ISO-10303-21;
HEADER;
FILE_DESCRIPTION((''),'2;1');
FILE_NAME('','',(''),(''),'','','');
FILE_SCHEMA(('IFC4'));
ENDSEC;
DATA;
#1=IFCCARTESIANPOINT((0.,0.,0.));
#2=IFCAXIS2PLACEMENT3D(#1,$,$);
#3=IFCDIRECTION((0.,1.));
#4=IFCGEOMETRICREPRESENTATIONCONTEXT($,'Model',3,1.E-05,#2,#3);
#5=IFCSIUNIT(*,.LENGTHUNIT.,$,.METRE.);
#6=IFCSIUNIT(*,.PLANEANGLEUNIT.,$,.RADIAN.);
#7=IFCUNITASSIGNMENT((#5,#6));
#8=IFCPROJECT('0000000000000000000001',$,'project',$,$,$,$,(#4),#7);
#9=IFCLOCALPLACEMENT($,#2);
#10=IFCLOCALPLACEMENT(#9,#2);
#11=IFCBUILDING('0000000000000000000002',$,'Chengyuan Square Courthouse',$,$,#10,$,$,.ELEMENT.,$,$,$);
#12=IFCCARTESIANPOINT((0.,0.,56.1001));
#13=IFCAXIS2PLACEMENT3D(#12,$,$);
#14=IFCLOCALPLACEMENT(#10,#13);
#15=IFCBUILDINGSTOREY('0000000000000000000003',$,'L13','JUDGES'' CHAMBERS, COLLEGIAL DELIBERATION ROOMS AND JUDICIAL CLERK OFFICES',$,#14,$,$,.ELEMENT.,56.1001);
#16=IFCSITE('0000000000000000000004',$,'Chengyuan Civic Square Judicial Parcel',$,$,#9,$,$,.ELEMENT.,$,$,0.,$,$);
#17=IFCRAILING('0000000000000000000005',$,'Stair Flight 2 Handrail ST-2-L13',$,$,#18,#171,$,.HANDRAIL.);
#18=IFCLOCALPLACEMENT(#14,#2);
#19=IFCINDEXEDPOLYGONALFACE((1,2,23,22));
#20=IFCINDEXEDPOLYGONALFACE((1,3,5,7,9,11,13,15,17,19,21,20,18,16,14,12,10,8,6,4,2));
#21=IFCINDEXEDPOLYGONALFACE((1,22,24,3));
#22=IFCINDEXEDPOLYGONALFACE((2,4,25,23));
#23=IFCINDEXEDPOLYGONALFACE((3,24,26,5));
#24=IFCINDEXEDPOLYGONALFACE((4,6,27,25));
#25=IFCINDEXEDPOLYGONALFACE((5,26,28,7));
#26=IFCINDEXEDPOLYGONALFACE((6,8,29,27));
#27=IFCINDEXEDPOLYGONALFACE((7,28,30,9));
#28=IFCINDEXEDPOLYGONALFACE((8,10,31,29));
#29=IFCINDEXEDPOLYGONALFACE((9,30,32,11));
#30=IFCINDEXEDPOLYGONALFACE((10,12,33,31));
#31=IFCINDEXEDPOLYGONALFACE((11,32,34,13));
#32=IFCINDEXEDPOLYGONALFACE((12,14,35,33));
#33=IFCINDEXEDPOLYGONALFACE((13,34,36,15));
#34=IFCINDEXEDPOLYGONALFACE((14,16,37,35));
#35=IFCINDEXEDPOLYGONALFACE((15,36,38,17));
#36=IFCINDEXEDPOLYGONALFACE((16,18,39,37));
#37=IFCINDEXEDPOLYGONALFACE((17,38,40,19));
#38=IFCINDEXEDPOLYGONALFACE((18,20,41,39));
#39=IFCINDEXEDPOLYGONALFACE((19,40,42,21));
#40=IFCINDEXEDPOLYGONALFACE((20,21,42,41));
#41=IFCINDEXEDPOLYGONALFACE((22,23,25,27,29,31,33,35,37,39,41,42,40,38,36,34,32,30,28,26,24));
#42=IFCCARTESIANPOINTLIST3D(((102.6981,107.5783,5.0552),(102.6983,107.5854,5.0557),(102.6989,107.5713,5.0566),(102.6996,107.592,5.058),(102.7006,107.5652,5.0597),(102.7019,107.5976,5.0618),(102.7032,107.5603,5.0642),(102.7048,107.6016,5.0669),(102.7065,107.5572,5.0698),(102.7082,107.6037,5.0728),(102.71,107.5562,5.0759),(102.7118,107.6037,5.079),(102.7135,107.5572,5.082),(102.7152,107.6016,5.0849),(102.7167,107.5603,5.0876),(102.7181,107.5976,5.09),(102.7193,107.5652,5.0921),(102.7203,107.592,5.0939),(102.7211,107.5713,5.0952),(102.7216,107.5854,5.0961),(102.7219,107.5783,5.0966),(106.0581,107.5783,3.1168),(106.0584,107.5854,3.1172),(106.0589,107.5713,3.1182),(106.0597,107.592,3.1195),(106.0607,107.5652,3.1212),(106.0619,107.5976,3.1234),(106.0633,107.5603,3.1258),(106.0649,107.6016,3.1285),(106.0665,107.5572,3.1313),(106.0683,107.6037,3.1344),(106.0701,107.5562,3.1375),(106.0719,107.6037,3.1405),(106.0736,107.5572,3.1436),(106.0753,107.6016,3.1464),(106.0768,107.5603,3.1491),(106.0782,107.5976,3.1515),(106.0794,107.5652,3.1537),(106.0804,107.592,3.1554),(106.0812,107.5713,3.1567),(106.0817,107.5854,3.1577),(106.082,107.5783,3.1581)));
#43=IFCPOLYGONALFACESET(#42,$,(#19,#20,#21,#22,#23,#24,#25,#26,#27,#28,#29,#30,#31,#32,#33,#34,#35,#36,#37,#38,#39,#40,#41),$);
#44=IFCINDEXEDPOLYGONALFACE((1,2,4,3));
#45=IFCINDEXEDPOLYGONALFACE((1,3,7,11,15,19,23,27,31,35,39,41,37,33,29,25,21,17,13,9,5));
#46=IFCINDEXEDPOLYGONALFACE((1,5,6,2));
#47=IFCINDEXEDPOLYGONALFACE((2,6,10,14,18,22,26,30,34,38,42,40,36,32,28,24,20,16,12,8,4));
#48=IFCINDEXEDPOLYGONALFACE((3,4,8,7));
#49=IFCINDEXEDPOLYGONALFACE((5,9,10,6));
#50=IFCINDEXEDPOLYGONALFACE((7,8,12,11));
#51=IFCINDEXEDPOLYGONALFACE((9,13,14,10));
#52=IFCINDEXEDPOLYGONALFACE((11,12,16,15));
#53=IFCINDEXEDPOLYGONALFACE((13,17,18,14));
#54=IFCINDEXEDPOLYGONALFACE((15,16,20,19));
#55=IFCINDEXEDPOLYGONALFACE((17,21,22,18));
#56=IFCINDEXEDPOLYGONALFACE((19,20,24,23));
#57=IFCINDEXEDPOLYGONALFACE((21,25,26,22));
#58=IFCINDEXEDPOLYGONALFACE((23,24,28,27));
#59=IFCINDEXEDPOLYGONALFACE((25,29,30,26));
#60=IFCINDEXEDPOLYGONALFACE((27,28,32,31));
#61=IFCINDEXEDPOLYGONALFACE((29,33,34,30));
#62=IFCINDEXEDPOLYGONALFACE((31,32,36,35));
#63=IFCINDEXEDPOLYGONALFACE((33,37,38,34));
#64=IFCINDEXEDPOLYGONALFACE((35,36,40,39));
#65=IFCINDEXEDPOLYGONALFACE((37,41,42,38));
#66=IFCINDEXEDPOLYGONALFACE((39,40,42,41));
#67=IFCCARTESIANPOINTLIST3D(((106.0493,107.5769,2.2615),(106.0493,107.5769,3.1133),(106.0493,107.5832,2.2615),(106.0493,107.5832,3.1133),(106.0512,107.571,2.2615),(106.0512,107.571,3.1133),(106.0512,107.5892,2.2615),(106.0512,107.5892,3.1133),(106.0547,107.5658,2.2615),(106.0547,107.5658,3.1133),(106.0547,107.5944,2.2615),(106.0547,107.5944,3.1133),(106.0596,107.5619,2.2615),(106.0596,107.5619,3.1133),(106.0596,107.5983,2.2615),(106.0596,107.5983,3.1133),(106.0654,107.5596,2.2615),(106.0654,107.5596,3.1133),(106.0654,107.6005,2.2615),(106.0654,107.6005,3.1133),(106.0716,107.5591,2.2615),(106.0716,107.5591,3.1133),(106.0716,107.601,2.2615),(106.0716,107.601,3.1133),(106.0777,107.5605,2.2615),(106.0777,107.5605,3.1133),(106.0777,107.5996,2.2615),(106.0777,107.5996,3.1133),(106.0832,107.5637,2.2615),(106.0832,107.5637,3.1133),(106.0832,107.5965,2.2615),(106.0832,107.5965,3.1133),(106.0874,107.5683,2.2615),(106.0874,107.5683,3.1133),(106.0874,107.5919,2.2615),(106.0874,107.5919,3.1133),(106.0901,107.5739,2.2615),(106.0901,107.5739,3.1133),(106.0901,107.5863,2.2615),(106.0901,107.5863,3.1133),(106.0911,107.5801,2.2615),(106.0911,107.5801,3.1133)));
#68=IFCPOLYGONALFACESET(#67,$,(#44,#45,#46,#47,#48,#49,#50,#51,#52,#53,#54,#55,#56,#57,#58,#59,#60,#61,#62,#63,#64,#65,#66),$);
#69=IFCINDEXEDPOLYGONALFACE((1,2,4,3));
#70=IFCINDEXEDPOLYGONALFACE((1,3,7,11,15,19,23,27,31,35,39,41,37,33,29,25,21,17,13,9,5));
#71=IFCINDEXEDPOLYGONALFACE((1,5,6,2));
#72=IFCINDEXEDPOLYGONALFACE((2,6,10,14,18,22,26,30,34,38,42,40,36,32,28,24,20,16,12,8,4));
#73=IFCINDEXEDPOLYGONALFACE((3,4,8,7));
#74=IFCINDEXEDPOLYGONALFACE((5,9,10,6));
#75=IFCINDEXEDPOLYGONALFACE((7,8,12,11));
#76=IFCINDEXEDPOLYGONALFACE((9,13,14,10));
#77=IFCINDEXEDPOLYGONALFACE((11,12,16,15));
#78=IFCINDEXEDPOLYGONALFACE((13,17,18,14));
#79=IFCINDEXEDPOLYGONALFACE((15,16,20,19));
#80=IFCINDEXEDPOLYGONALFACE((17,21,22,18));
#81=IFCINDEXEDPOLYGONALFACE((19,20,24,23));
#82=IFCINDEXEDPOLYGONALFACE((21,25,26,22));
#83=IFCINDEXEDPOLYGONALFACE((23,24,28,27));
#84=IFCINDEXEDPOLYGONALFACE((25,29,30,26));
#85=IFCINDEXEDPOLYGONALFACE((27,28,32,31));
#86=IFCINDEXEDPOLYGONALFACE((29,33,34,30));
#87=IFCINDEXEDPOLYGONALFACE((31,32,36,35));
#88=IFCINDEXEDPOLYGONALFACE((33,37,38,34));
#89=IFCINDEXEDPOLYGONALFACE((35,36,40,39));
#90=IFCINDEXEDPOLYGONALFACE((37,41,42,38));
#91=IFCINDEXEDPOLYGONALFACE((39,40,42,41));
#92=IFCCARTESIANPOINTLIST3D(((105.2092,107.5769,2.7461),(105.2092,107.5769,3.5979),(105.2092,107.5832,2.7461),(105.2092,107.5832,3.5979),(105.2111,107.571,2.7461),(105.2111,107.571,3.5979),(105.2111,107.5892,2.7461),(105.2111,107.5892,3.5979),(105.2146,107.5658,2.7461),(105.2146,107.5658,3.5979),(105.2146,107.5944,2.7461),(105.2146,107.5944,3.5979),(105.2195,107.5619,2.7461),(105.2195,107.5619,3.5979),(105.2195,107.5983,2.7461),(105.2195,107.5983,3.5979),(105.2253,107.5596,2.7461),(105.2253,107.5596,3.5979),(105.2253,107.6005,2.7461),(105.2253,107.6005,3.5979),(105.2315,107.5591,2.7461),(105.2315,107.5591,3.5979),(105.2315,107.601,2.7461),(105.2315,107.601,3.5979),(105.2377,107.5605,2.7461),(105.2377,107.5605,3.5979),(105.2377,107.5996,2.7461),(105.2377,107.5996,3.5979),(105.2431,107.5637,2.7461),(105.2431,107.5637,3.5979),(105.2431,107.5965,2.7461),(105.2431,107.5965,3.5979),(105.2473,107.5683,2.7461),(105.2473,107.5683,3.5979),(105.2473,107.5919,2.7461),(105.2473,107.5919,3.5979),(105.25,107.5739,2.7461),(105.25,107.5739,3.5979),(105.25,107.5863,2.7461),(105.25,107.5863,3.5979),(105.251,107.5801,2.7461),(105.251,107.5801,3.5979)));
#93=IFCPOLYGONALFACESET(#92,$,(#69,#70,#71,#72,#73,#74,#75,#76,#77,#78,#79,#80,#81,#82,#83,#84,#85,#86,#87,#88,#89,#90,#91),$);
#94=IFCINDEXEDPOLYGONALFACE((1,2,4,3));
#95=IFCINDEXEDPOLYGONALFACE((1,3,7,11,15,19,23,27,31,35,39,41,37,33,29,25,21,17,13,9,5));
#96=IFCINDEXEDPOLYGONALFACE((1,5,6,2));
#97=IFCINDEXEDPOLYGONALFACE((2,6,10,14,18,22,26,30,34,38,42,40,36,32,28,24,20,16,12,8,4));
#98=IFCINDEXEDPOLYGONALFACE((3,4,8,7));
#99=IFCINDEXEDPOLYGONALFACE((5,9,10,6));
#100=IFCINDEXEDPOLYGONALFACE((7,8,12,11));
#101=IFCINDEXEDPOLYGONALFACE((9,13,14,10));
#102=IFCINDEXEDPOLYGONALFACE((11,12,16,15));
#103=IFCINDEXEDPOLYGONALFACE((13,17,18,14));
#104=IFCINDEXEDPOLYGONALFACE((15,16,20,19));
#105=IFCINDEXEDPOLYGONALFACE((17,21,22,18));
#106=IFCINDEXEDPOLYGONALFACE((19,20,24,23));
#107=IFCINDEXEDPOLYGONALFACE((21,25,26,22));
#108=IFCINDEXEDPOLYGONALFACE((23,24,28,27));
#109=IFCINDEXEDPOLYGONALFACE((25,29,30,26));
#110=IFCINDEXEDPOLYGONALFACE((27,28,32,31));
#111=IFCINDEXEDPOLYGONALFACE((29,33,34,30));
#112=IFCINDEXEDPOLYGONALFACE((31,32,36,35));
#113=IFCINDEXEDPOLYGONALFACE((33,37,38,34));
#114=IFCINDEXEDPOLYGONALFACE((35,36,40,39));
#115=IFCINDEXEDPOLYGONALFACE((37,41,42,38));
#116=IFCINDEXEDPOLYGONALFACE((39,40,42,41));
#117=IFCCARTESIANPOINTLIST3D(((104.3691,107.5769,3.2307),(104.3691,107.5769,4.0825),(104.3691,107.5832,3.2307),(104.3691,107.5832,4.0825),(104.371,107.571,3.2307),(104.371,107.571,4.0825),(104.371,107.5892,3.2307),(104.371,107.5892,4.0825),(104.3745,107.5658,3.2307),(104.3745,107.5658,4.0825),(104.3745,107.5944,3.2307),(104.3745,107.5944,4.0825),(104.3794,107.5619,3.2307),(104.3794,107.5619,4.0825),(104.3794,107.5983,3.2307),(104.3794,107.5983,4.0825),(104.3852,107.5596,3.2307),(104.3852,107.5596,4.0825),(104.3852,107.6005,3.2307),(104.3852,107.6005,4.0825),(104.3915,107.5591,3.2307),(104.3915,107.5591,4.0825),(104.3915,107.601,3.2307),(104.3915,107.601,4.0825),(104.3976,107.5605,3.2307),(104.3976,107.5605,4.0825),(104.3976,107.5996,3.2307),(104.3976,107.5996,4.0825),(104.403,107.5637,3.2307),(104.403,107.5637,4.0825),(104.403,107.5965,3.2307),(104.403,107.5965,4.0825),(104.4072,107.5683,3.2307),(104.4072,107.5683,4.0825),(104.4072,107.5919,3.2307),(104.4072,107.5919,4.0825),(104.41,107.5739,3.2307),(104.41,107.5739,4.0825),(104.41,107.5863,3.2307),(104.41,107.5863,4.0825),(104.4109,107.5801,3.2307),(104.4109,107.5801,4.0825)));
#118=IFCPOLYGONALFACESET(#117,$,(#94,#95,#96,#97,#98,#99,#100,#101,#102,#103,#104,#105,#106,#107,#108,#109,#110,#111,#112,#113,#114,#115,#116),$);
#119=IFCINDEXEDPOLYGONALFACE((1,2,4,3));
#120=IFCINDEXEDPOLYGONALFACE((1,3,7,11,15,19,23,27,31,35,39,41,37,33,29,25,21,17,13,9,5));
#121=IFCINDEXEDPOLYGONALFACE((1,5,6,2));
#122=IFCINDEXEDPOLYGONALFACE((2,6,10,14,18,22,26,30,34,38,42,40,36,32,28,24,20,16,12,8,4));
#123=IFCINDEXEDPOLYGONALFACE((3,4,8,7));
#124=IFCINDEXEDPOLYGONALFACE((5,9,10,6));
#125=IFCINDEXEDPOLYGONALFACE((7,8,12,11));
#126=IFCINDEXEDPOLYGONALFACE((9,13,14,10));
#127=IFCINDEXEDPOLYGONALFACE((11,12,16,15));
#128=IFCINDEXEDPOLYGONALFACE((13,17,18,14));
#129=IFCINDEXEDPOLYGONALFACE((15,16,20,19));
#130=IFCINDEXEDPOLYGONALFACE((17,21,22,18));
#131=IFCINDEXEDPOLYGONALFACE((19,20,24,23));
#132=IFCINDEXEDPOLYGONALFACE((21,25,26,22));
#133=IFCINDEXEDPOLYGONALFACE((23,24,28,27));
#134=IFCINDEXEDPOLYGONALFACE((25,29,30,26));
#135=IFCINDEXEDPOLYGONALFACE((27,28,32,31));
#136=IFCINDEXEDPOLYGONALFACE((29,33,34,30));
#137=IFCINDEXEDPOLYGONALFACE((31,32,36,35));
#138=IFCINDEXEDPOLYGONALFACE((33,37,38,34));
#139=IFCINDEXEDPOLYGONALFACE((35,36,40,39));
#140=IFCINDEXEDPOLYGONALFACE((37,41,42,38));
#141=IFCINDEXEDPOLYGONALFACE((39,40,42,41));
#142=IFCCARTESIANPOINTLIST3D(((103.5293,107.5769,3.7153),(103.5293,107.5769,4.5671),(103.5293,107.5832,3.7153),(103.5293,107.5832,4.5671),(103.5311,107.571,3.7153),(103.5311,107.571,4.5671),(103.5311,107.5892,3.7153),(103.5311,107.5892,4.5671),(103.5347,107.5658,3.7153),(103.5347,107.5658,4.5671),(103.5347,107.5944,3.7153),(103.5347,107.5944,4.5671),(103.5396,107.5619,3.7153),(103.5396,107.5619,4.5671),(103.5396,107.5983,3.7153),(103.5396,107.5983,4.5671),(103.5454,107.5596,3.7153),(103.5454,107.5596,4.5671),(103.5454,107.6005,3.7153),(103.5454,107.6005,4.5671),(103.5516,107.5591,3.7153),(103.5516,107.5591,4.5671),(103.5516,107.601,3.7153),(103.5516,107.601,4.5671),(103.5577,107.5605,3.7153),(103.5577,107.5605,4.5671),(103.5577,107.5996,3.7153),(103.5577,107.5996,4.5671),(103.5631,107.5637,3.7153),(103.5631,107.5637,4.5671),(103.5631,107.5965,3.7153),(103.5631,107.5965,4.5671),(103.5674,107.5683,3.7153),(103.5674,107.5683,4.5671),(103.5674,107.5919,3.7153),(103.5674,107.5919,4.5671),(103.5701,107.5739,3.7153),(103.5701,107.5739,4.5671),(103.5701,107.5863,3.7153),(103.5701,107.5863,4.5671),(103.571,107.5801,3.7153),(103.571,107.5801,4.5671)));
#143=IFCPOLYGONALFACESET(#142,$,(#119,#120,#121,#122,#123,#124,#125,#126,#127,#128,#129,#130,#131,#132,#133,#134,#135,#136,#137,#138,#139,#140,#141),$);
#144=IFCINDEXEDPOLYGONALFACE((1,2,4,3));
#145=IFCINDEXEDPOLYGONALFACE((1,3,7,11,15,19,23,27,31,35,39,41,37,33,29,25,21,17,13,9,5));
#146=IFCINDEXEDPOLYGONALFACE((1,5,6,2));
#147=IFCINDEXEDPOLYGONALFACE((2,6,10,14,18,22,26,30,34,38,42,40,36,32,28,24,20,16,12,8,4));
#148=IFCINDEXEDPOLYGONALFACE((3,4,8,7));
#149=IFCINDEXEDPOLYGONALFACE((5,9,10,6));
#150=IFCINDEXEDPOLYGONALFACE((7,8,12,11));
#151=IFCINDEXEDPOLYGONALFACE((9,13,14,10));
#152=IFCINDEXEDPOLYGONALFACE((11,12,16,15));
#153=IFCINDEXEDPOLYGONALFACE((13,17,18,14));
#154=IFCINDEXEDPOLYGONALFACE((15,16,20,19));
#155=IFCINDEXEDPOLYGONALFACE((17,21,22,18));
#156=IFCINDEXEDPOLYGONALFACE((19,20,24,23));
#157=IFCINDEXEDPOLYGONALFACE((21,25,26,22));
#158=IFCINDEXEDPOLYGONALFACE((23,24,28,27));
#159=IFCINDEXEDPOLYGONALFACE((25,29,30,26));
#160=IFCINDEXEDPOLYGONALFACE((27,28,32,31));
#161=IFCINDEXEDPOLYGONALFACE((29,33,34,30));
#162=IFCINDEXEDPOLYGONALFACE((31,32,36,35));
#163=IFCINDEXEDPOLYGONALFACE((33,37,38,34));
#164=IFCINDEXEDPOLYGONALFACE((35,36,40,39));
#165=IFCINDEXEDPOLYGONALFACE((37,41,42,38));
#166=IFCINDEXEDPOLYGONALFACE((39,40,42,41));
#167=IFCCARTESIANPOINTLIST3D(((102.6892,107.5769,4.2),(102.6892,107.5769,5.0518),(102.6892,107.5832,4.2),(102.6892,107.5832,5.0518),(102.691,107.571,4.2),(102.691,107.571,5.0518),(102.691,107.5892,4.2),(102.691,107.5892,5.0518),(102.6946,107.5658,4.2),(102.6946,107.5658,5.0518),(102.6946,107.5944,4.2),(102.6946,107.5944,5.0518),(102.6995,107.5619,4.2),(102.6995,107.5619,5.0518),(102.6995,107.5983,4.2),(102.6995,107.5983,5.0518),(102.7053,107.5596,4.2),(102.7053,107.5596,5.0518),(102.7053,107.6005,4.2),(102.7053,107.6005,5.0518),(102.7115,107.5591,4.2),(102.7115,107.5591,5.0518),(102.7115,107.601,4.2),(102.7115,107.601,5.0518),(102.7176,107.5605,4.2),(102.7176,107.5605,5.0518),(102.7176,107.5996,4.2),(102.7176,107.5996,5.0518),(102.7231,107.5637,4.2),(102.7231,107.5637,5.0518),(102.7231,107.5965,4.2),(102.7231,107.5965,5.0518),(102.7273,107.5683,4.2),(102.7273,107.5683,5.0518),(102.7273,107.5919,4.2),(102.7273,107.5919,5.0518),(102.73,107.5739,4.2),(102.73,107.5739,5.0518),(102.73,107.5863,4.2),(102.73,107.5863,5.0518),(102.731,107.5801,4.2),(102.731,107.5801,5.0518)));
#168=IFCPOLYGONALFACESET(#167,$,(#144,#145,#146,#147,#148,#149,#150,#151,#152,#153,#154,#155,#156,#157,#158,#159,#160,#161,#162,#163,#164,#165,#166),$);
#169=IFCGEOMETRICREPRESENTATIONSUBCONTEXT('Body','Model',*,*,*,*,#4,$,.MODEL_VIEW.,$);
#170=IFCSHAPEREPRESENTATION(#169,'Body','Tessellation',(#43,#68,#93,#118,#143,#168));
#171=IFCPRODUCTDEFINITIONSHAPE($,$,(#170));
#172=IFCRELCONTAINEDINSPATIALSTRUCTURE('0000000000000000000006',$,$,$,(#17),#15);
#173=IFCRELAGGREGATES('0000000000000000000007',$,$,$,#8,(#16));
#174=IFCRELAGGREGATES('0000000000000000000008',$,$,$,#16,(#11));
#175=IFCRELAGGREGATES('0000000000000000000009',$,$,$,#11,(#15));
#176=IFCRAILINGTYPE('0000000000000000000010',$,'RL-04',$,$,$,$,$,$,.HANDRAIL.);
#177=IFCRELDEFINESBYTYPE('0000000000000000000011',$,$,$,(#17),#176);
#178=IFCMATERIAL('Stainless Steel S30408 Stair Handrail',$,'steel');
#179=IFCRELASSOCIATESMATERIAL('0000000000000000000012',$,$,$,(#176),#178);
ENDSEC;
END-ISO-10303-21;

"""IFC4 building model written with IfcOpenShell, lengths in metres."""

from ifc_helpers import new_model, si_unit, direction, frame, origin, origin_2d, place, context, subcontext, project, spatial, circle, extrude, material, type_object, element, save


model = new_model("IFC4")

# Units and contexts
model_context = context("Model", 3, precision=1e-05, world=origin(), true_north=direction((0.0, 1.0)))
body_context = subcontext(model_context, "Body", "Model", "MODEL_VIEW")
ifc_project = project(units=[si_unit("LENGTHUNIT", "METRE"), si_unit("PLANEANGLEUNIT", "RADIAN")], contexts=[model_context])

# Site, building, storey
site_placement = place(None, origin())
site = spatial("IfcSite", under=ifc_project, at=site_placement, Name="Chengyuan Civic Square Judicial Parcel", CompositionType="ELEMENT", RefElevation=0.0)
building_placement = place(site_placement, origin())
building = spatial("IfcBuilding", under=site, at=building_placement, Name="Chengyuan Square Courthouse", CompositionType="ELEMENT")
storey_placement = place(building_placement, frame((0.0, 0.0, 56.1001)))
storey = spatial("IfcBuildingStorey", under=building, at=storey_placement, Name="L13", Description="JUDGES' CHAMBERS, COLLEGIAL DELIBERATION ROOMS AND JUDICIAL CLERK OFFICES", CompositionType="ELEMENT", Elevation=56.1001)

# Railing
ifc_material_1 = material(Name="Stainless Steel S30408 Stair Handrail", Category="steel")
railing_type_1 = type_object("IfcRailingType", Name="RL-04", PredefinedType="HANDRAIL", material=ifc_material_1)
railing_1_placement = place(storey_placement, frame((106.0701, 107.5801, 2.2615)))
element("IfcRailing", 1, at=railing_1_placement, inside=storey, type_object=railing_type_1, Name="Stair Flight 2 Handrail ST-2-L13", PredefinedType="HANDRAIL", context=body_context, shape_type="SweptSolid", body=[
    extrude(circle(Radius=0.0239, at=origin_2d()), frame((0.0, 0.0, 0.876), z_axis=(-0.866191, 0.0, 0.499713), x_axis=(0.0, -1.0, 0.0)), (0.0, 0.0, 1.0), 3.8792),
    extrude(circle(Radius=0.021, at=origin_2d()), origin(), (0.0, 0.0, 1.0), 0.8518),
    extrude(circle(Radius=0.021, at=origin_2d()), frame((-0.8401, 0.0, 0.4846)), (0.0, 0.0, 1.0), 0.8518),
    extrude(circle(Radius=0.021, at=origin_2d()), frame((-1.6802, 0.0, 0.9692)), (0.0, 0.0, 1.0), 0.8518),
    extrude(circle(Radius=0.021, at=origin_2d()), frame((-2.52, 0.0, 1.4539)), (0.0, 0.0, 1.0), 0.8518),
    extrude(circle(Radius=0.021, at=origin_2d()), frame((-3.3601, 0.0, 1.9385)), (0.0, 0.0, 1.0), 0.8518),
])

save(model, "model.ifc")
